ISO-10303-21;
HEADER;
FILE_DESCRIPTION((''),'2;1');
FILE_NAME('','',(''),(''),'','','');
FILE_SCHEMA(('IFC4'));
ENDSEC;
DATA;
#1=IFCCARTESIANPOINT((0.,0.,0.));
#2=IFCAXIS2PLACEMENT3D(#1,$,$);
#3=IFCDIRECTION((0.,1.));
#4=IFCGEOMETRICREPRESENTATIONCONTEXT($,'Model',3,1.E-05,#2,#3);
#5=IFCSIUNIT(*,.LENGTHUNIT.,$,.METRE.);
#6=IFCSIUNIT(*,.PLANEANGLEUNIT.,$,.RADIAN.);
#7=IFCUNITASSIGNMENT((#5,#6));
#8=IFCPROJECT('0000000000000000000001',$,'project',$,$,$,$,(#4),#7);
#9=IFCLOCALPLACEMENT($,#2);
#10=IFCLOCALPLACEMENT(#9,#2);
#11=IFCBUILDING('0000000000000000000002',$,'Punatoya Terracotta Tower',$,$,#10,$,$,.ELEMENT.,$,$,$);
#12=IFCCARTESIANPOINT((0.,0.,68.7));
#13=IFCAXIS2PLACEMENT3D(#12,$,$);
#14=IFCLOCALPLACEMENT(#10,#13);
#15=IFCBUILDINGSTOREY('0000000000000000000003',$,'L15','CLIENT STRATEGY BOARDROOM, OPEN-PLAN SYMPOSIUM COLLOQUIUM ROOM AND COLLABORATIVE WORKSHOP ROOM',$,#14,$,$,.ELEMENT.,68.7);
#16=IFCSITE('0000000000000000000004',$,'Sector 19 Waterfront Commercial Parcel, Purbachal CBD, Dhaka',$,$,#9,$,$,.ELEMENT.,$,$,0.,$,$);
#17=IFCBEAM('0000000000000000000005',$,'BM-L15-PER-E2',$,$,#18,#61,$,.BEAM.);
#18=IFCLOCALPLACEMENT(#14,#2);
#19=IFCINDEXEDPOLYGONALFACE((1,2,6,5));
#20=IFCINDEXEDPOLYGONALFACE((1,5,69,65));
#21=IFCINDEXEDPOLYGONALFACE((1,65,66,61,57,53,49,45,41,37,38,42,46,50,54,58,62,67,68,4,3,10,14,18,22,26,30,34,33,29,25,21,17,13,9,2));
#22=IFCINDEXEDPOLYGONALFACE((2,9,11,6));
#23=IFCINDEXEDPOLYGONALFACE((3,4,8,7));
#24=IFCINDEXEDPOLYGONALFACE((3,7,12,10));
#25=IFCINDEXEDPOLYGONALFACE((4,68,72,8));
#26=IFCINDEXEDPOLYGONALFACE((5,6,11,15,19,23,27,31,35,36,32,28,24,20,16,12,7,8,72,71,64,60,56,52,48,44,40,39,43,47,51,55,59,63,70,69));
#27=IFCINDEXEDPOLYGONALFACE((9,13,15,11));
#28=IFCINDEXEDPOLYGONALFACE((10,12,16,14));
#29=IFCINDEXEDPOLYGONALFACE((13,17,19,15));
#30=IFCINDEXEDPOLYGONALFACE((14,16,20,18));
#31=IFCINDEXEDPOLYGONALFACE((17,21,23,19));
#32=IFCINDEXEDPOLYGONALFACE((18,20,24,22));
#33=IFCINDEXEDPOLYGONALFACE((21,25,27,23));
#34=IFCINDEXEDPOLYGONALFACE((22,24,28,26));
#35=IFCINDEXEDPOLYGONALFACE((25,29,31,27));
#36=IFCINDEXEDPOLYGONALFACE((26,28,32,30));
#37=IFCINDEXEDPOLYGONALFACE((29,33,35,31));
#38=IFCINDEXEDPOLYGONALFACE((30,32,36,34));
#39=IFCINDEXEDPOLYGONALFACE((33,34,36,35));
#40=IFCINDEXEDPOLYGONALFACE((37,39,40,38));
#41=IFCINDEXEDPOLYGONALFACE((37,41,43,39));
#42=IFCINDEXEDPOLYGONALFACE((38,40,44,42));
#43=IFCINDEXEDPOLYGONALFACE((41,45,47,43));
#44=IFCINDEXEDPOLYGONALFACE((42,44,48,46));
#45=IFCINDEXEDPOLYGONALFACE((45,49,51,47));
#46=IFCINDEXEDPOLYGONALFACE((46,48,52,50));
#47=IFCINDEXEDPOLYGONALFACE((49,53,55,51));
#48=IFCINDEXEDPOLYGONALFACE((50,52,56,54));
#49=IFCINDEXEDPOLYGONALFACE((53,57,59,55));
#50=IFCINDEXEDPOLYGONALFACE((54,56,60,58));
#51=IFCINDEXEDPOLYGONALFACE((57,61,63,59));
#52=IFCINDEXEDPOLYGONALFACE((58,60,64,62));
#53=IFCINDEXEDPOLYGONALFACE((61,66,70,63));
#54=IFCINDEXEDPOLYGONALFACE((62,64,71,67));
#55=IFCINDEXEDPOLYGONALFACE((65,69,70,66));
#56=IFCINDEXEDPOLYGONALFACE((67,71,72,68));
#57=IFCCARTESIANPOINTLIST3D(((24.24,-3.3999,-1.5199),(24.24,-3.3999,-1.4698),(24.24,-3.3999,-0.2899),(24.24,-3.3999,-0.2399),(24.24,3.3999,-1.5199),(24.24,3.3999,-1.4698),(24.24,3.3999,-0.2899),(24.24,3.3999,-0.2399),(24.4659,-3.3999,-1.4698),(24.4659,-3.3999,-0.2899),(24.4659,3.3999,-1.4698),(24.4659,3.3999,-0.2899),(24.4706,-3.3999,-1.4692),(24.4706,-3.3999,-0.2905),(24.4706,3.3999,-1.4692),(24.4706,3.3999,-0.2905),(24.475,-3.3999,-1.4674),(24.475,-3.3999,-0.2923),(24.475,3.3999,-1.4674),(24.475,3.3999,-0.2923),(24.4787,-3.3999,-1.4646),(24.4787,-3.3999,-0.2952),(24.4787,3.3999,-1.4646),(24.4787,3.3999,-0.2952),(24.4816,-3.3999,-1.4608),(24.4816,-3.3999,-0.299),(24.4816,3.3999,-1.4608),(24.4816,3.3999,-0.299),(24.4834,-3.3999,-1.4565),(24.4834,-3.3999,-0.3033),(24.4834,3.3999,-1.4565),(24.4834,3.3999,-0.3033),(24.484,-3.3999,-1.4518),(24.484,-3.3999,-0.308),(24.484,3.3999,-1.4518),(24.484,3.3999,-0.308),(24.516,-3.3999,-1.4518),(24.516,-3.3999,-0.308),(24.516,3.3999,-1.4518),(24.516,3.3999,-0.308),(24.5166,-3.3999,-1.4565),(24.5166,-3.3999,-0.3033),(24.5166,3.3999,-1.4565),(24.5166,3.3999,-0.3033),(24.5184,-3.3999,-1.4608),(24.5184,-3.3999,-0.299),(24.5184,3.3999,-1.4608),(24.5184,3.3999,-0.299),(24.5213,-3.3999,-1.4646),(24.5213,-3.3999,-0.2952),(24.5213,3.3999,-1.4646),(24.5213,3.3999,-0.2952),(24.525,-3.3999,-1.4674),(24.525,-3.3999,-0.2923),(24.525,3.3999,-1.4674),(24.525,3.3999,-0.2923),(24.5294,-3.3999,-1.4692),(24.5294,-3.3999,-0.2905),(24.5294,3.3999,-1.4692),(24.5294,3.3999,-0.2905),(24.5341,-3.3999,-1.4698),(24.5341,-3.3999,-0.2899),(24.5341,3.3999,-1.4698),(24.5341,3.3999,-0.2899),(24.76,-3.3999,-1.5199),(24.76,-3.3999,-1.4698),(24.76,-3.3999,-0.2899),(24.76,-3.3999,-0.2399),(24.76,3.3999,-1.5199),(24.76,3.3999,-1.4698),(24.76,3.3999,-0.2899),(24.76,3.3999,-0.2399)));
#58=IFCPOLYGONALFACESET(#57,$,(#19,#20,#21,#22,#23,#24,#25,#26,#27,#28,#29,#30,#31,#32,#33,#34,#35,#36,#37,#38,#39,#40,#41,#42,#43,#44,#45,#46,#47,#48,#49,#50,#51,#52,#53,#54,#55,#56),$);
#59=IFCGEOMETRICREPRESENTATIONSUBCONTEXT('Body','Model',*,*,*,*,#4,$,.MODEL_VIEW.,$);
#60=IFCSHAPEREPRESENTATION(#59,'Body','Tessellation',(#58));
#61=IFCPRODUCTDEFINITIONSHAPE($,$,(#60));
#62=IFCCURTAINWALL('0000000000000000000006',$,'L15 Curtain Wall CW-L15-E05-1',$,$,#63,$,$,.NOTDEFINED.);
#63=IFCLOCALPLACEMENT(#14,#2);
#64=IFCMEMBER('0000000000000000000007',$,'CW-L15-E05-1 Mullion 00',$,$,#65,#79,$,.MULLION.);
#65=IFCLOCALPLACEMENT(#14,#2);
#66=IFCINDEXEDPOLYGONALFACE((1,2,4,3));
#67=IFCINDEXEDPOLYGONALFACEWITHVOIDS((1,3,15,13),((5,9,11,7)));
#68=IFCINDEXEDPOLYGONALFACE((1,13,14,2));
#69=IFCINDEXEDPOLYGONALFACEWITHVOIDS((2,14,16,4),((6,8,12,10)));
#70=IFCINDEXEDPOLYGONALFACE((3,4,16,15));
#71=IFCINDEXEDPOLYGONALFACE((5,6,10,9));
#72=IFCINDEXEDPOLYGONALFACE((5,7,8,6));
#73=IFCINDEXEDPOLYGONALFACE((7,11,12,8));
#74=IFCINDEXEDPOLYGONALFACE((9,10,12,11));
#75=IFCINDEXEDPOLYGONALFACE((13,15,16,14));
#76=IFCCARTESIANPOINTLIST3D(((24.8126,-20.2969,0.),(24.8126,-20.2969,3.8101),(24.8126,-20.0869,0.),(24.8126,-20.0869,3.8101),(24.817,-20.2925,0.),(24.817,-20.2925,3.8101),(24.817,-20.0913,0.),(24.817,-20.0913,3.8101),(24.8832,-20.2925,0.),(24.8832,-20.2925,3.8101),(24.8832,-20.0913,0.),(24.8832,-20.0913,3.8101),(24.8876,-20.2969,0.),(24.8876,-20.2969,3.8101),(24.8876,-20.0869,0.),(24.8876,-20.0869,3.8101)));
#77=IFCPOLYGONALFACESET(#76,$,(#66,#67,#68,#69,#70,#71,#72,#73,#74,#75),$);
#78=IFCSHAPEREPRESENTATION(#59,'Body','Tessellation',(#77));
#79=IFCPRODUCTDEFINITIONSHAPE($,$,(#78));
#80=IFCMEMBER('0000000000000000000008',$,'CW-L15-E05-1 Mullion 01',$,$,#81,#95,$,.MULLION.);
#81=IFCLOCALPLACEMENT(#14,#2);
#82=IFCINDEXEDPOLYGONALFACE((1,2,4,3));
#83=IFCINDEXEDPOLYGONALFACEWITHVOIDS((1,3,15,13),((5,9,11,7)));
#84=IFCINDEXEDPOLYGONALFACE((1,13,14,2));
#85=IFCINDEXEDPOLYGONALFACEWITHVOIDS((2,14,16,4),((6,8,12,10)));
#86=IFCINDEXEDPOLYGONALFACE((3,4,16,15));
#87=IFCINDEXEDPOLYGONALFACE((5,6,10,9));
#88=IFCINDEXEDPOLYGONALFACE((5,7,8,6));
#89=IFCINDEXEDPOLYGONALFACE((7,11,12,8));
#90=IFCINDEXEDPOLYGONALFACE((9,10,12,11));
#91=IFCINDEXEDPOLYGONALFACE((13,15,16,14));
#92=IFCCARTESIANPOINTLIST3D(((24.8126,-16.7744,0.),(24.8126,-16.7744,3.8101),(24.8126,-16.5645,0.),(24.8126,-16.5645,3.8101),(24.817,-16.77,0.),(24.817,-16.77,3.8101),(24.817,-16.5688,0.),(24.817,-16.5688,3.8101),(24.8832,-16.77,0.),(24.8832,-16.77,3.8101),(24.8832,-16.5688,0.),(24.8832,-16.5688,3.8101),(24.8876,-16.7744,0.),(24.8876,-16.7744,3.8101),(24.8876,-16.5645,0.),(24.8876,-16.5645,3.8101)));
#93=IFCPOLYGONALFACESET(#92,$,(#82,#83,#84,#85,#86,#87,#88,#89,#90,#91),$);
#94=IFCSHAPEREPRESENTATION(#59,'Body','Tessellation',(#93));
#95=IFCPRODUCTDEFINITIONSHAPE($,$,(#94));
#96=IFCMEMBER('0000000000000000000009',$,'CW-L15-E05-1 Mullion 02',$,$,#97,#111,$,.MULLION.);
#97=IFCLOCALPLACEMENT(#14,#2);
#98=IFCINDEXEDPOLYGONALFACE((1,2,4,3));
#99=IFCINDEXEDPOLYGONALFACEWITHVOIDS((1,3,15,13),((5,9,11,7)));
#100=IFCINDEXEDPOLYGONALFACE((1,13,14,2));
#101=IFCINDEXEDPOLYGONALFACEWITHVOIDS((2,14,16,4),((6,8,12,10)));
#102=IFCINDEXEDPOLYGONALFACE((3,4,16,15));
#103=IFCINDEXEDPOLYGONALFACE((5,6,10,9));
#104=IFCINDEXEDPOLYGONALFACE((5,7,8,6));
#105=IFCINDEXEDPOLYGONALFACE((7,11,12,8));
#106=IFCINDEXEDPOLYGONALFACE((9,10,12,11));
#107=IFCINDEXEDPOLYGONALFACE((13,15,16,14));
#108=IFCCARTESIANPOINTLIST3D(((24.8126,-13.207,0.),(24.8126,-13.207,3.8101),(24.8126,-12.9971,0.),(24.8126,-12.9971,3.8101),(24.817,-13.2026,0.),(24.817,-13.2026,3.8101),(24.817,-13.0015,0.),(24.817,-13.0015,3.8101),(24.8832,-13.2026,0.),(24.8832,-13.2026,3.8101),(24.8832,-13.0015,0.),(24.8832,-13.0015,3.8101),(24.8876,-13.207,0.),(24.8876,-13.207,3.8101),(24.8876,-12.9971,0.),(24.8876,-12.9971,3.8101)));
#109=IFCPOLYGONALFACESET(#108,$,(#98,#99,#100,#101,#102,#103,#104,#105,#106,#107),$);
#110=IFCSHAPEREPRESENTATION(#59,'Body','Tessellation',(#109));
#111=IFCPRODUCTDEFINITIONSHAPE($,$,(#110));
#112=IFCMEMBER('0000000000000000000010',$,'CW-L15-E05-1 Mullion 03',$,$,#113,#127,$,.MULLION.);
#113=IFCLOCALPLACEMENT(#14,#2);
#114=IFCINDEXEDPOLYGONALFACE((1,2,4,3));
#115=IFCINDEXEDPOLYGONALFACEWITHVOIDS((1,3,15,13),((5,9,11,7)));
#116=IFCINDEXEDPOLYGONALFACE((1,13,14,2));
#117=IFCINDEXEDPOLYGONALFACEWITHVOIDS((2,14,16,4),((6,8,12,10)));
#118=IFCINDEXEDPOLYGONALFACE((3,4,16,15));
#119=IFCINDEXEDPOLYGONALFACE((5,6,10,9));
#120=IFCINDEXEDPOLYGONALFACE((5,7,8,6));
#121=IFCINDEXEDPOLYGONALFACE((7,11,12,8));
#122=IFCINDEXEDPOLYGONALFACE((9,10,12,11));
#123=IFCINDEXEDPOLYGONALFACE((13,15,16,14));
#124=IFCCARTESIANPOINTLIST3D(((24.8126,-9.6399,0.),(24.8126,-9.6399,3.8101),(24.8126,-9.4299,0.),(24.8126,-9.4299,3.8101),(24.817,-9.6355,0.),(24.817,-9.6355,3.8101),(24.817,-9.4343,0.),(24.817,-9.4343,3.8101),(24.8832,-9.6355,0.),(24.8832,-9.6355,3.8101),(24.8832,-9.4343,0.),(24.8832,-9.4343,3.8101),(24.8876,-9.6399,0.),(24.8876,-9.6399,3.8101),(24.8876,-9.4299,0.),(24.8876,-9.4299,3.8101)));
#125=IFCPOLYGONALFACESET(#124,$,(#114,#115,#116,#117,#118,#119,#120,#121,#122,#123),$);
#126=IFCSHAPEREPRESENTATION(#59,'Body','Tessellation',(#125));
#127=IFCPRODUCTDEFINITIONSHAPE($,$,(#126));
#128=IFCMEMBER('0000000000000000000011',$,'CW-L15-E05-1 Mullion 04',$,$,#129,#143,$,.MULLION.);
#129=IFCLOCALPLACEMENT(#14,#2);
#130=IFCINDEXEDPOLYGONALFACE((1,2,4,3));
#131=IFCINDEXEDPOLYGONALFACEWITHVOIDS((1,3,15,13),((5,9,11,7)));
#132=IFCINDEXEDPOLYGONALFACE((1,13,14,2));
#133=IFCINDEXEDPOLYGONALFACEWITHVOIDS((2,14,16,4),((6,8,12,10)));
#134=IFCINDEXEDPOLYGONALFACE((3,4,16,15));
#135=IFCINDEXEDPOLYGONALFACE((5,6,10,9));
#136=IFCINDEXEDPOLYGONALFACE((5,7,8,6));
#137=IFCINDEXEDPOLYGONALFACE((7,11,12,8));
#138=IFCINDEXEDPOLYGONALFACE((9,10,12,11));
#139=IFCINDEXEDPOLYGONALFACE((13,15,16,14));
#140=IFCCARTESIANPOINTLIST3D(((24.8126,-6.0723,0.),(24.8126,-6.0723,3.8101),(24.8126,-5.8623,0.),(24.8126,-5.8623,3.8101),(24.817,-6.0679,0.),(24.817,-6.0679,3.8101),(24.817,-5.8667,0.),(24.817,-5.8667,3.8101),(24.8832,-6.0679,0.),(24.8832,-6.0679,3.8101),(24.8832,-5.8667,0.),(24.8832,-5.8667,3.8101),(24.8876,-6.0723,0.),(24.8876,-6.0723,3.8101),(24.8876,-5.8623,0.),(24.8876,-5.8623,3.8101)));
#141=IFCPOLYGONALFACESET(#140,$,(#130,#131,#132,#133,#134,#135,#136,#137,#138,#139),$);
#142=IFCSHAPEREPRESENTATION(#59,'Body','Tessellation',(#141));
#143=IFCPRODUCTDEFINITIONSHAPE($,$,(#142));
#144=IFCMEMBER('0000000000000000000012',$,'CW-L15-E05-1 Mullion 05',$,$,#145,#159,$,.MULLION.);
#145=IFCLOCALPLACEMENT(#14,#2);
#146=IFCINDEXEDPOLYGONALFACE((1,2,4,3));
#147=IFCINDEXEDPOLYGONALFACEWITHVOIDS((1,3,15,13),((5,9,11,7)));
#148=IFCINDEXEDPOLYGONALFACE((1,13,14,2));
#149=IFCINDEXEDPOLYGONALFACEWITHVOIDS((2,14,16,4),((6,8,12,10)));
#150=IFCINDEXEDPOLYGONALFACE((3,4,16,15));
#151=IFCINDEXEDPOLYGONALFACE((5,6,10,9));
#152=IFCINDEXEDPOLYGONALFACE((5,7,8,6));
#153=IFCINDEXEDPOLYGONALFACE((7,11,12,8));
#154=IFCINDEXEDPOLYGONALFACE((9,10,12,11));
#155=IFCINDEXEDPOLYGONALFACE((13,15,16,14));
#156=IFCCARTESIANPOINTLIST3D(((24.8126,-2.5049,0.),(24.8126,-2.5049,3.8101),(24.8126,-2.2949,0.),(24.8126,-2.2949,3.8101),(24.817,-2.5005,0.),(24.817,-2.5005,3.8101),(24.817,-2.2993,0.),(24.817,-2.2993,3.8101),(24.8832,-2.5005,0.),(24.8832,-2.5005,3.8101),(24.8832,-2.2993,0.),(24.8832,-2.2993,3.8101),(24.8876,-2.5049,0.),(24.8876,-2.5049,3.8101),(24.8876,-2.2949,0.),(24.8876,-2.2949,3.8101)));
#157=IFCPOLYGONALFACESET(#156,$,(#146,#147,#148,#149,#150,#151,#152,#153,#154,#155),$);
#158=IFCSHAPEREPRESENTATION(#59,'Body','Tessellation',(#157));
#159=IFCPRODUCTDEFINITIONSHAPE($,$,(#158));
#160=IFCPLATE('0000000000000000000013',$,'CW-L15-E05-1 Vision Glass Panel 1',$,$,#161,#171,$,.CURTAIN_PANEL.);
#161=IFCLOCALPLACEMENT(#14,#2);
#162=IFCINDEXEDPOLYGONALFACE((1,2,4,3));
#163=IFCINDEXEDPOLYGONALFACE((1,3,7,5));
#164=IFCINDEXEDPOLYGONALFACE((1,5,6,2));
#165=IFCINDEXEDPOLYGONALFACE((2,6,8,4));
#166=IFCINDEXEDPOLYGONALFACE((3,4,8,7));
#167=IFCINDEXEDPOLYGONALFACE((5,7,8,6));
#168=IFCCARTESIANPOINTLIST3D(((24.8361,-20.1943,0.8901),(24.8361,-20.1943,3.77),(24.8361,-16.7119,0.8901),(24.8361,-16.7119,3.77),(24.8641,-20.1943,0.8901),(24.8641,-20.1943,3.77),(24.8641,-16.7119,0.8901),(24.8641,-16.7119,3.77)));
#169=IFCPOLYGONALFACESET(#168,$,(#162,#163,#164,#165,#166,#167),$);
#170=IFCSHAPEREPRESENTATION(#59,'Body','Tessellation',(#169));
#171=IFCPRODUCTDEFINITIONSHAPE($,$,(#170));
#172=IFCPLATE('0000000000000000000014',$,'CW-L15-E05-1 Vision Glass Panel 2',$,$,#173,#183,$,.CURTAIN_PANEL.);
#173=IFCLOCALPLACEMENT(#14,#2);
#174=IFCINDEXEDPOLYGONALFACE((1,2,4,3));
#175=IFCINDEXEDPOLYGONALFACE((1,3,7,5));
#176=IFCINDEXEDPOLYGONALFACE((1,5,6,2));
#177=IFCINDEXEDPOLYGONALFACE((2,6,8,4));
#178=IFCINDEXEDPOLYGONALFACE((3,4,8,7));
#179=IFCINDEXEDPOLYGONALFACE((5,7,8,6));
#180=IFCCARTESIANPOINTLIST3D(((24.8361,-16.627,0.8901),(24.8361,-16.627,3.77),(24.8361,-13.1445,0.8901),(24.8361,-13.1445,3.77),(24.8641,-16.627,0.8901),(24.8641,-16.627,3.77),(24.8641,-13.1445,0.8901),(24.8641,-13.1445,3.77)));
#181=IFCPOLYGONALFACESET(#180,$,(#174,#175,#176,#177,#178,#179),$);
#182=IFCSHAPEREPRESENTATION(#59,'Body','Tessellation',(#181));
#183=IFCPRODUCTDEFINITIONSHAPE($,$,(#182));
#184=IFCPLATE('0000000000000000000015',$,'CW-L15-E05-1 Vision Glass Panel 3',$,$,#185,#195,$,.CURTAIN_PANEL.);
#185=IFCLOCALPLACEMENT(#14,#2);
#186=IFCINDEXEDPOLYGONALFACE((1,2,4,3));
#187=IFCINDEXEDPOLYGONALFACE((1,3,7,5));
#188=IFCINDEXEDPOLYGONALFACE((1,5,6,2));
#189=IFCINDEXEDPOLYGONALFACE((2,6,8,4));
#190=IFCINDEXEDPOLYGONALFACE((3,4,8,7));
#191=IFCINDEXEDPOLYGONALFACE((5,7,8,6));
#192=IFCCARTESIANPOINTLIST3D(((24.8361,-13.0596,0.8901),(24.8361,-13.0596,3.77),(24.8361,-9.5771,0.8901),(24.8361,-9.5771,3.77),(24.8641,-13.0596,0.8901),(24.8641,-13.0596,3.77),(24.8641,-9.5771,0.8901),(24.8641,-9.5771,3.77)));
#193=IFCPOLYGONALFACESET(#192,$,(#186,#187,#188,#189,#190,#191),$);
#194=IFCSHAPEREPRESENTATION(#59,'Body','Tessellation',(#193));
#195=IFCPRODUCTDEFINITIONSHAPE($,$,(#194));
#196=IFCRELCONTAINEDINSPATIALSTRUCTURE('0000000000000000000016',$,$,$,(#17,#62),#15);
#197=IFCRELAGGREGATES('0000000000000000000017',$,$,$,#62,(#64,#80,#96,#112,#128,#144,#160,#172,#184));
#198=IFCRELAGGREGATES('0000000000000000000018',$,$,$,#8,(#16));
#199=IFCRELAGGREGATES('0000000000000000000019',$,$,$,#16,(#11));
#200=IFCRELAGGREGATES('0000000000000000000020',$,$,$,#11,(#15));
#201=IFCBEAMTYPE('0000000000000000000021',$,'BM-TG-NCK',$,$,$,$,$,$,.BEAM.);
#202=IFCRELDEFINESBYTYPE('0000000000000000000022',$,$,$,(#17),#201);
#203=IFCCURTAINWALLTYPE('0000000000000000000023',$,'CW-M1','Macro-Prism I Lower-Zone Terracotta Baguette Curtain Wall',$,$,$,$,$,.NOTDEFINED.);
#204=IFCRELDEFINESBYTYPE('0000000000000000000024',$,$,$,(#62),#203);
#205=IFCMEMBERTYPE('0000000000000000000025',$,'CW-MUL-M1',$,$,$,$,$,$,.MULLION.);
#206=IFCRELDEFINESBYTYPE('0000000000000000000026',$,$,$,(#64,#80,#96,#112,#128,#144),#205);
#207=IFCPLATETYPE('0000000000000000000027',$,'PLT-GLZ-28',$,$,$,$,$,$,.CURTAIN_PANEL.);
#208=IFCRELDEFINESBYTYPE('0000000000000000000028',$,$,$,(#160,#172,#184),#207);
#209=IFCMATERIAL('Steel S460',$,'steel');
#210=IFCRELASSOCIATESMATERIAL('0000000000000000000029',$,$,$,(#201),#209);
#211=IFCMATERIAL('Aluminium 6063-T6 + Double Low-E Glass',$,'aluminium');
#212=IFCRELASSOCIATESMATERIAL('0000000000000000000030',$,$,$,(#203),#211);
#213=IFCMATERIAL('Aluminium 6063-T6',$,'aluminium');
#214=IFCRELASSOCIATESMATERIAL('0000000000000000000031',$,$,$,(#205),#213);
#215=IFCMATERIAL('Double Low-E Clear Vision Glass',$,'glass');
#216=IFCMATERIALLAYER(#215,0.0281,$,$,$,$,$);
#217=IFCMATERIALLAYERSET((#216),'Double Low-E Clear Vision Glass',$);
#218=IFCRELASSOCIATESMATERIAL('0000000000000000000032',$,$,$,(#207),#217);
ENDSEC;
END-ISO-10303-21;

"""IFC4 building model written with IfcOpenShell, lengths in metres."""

from ifc_helpers import new_model, si_unit, direction, frame, origin, origin_2d, place, context, subcontext, project, spatial, rectangle, hollow_rectangle, i_section, extrude, material, layer, layer_set, material_profile, profile_set, type_object, element, aggregate, save


model = new_model("IFC4")

# Units and contexts
model_context = context("Model", 3, precision=1e-05, world=origin(), true_north=direction((0.0, 1.0)))
body_context = subcontext(model_context, "Body", "Model", "MODEL_VIEW")
ifc_project = project(units=[si_unit("LENGTHUNIT", "METRE"), si_unit("PLANEANGLEUNIT", "RADIAN")], contexts=[model_context])

# Site, building, storey
site_placement = place(None, origin())
site = spatial("IfcSite", under=ifc_project, at=site_placement, Name="Sector 19 Waterfront Commercial Parcel, Purbachal CBD, Dhaka", CompositionType="ELEMENT", RefElevation=0.0)
building_placement = place(site_placement, origin())
building = spatial("IfcBuilding", under=site, at=building_placement, Name="Punatoya Terracotta Tower", CompositionType="ELEMENT")
storey_placement = place(building_placement, frame((0.0, 0.0, 68.7)))
storey = spatial("IfcBuildingStorey", under=building, at=storey_placement, Name="L15", Description="CLIENT STRATEGY BOARDROOM, OPEN-PLAN SYMPOSIUM COLLOQUIUM ROOM AND COLLABORATIVE WORKSHOP ROOM", CompositionType="ELEMENT", Elevation=68.7)

# Shared definitions
ifc_material_1 = material(Name="Steel S460", Category="steel")

# Beam
ifc_material_profile_1 = material_profile(ifc_material_1, i_section(OverallWidth=0.52, OverallDepth=1.28, WebThickness=0.032, FlangeThickness=0.05, FilletRadius=0.0181, at=origin_2d()))
ifc_profile_set_1 = profile_set([ifc_material_profile_1], Name="Steel S460")
beam_type_1 = type_object("IfcBeamType", Name="BM-TG-NCK", PredefinedType="BEAM", material=ifc_profile_set_1)
beam_1_placement = place(storey_placement, frame((24.5, -3.3999, -0.8799), z_axis=(0.0, 1.0, 0.0), x_axis=(-1.0, 0.0, 0.0)))
element("IfcBeam", 1, at=beam_1_placement, inside=storey, type_object=beam_type_1, Name="BM-L15-PER-E2", PredefinedType="BEAM", context=body_context, shape_type="SweptSolid", body=[
    extrude(i_section(OverallWidth=0.52, OverallDepth=1.28, WebThickness=0.032, FlangeThickness=0.05, FilletRadius=0.0181, at=origin_2d()), origin(), (0.0, 0.0, 1.0), 6.7998),
])

# Curtain wall, members, plates
ifc_material_2 = material(Name="Aluminium 6063-T6 + Double Low-E Glass", Category="aluminium")
curtain_wall_type = type_object("IfcCurtainWallType", Name="CW-M1", Description="Macro-Prism I Lower-Zone Terracotta Baguette Curtain Wall", PredefinedType="NOTDEFINED", material=ifc_material_2)
curtain_wall_placement = place(storey_placement, origin())
curtain_wall = element("IfcCurtainWall", 2, at=curtain_wall_placement, inside=storey, type_object=curtain_wall_type, Name="L15 Curtain Wall CW-L15-E05-1", PredefinedType="NOTDEFINED")
ifc_material_3 = material(Name="Aluminium 6063-T6", Category="aluminium")
ifc_material_profile_2 = material_profile(ifc_material_3, hollow_rectangle(XDim=0.075, YDim=0.21, WallThickness=0.0044, at=origin_2d()))
ifc_profile_set_2 = profile_set([ifc_material_profile_2], Name="Aluminium 6063-T6")
member_type = type_object("IfcMemberType", Name="CW-MUL-M1", PredefinedType="MULLION", material=ifc_profile_set_2)
member_1_placement = place(storey_placement, frame((24.8501, -20.1919, 0.0), z_axis=(0.0, 0.0, 1.0), x_axis=(1.0, 0.0, 0.0)))
member_1 = element("IfcMember", 3, at=member_1_placement, type_object=member_type, Name="CW-L15-E05-1 Mullion 00", PredefinedType="MULLION", context=body_context, shape_type="SweptSolid", body=[
    extrude(hollow_rectangle(XDim=0.075, YDim=0.21, WallThickness=0.0044, at=origin_2d()), origin(), (0.0, 0.0, 1.0), 3.8101),
])
member_2_placement = place(storey_placement, frame((24.8501, -16.6694, 0.0), z_axis=(0.0, 0.0, 1.0), x_axis=(1.0, 0.0, 0.0)))
member_2 = element("IfcMember", 4, at=member_2_placement, type_object=member_type, Name="CW-L15-E05-1 Mullion 01", PredefinedType="MULLION", context=body_context, shape_type="SweptSolid", body=[
    extrude(hollow_rectangle(XDim=0.075, YDim=0.21, WallThickness=0.0044, at=origin_2d()), origin(), (0.0, 0.0, 1.0), 3.8101),
])
member_3_placement = place(storey_placement, frame((24.8501, -13.1021, 0.0), z_axis=(0.0, 0.0, 1.0), x_axis=(1.0, 0.0, 0.0)))
member_3 = element("IfcMember", 5, at=member_3_placement, type_object=member_type, Name="CW-L15-E05-1 Mullion 02", PredefinedType="MULLION", context=body_context, shape_type="SweptSolid", body=[
    extrude(hollow_rectangle(XDim=0.075, YDim=0.21, WallThickness=0.0044, at=origin_2d()), origin(), (0.0, 0.0, 1.0), 3.8101),
])
member_4_placement = place(storey_placement, frame((24.8501, -9.5349, 0.0), z_axis=(0.0, 0.0, 1.0), x_axis=(1.0, 0.0, 0.0)))
member_4 = element("IfcMember", 6, at=member_4_placement, type_object=member_type, Name="CW-L15-E05-1 Mullion 03", PredefinedType="MULLION", context=body_context, shape_type="SweptSolid", body=[
    extrude(hollow_rectangle(XDim=0.075, YDim=0.21, WallThickness=0.0044, at=origin_2d()), origin(), (0.0, 0.0, 1.0), 3.8101),
])
member_5_placement = place(storey_placement, frame((24.8501, -5.9673, 0.0), z_axis=(0.0, 0.0, 1.0), x_axis=(1.0, 0.0, 0.0)))
member_5 = element("IfcMember", 7, at=member_5_placement, type_object=member_type, Name="CW-L15-E05-1 Mullion 04", PredefinedType="MULLION", context=body_context, shape_type="SweptSolid", body=[
    extrude(hollow_rectangle(XDim=0.075, YDim=0.21, WallThickness=0.0044, at=origin_2d()), origin(), (0.0, 0.0, 1.0), 3.8101),
])
member_6_placement = place(storey_placement, frame((24.8501, -2.3999, 0.0), z_axis=(0.0, 0.0, 1.0), x_axis=(1.0, 0.0, 0.0)))
member_6 = element("IfcMember", 8, at=member_6_placement, type_object=member_type, Name="CW-L15-E05-1 Mullion 05", PredefinedType="MULLION", context=body_context, shape_type="SweptSolid", body=[
    extrude(hollow_rectangle(XDim=0.075, YDim=0.21, WallThickness=0.0044, at=origin_2d()), origin(), (0.0, 0.0, 1.0), 3.8101),
])
ifc_material_4 = material(Name="Double Low-E Clear Vision Glass", Category="glass")
ifc_layer_1 = layer(ifc_material_4, 0.0281)
ifc_layer_set_1 = layer_set([ifc_layer_1], Name="Double Low-E Clear Vision Glass")
plate_type_1 = type_object("IfcPlateType", Name="PLT-GLZ-28", PredefinedType="CURTAIN_PANEL", material=ifc_layer_set_1)
plate_1_placement = place(storey_placement, frame((24.8501, -18.4531, 0.8901), z_axis=(0.0, 0.0, 1.0), x_axis=(0.0, 1.0, 0.0)))
plate_1 = element("IfcPlate", 9, at=plate_1_placement, type_object=plate_type_1, Name="CW-L15-E05-1 Vision Glass Panel 1", PredefinedType="CURTAIN_PANEL", context=body_context, shape_type="SweptSolid", body=[
    extrude(rectangle(XDim=3.4824, YDim=0.0281, at=origin_2d()), origin(), (0.0, 0.0, 1.0), 2.8799),
])
plate_2_placement = place(storey_placement, frame((24.8501, -14.8857, 0.8901), z_axis=(0.0, 0.0, 1.0), x_axis=(0.0, 1.0, 0.0)))
plate_2 = element("IfcPlate", 10, at=plate_2_placement, type_object=plate_type_1, Name="CW-L15-E05-1 Vision Glass Panel 2", PredefinedType="CURTAIN_PANEL", context=body_context, shape_type="SweptSolid", body=[
    extrude(rectangle(XDim=3.4824, YDim=0.0281, at=origin_2d()), origin(), (0.0, 0.0, 1.0), 2.8799),
])
plate_3_placement = place(storey_placement, frame((24.8501, -11.3184, 0.8901), z_axis=(0.0, 0.0, 1.0), x_axis=(0.0, 1.0, 0.0)))
plate_3 = element("IfcPlate", 11, at=plate_3_placement, type_object=plate_type_1, Name="CW-L15-E05-1 Vision Glass Panel 3", PredefinedType="CURTAIN_PANEL", context=body_context, shape_type="SweptSolid", body=[
    extrude(rectangle(XDim=3.4824, YDim=0.0281, at=origin_2d()), origin(), (0.0, 0.0, 1.0), 2.8799),
])
aggregate(curtain_wall, [member_1, member_2, member_3, member_4, member_5, member_6, plate_1, plate_2, plate_3])

save(model, "model.ifc")
